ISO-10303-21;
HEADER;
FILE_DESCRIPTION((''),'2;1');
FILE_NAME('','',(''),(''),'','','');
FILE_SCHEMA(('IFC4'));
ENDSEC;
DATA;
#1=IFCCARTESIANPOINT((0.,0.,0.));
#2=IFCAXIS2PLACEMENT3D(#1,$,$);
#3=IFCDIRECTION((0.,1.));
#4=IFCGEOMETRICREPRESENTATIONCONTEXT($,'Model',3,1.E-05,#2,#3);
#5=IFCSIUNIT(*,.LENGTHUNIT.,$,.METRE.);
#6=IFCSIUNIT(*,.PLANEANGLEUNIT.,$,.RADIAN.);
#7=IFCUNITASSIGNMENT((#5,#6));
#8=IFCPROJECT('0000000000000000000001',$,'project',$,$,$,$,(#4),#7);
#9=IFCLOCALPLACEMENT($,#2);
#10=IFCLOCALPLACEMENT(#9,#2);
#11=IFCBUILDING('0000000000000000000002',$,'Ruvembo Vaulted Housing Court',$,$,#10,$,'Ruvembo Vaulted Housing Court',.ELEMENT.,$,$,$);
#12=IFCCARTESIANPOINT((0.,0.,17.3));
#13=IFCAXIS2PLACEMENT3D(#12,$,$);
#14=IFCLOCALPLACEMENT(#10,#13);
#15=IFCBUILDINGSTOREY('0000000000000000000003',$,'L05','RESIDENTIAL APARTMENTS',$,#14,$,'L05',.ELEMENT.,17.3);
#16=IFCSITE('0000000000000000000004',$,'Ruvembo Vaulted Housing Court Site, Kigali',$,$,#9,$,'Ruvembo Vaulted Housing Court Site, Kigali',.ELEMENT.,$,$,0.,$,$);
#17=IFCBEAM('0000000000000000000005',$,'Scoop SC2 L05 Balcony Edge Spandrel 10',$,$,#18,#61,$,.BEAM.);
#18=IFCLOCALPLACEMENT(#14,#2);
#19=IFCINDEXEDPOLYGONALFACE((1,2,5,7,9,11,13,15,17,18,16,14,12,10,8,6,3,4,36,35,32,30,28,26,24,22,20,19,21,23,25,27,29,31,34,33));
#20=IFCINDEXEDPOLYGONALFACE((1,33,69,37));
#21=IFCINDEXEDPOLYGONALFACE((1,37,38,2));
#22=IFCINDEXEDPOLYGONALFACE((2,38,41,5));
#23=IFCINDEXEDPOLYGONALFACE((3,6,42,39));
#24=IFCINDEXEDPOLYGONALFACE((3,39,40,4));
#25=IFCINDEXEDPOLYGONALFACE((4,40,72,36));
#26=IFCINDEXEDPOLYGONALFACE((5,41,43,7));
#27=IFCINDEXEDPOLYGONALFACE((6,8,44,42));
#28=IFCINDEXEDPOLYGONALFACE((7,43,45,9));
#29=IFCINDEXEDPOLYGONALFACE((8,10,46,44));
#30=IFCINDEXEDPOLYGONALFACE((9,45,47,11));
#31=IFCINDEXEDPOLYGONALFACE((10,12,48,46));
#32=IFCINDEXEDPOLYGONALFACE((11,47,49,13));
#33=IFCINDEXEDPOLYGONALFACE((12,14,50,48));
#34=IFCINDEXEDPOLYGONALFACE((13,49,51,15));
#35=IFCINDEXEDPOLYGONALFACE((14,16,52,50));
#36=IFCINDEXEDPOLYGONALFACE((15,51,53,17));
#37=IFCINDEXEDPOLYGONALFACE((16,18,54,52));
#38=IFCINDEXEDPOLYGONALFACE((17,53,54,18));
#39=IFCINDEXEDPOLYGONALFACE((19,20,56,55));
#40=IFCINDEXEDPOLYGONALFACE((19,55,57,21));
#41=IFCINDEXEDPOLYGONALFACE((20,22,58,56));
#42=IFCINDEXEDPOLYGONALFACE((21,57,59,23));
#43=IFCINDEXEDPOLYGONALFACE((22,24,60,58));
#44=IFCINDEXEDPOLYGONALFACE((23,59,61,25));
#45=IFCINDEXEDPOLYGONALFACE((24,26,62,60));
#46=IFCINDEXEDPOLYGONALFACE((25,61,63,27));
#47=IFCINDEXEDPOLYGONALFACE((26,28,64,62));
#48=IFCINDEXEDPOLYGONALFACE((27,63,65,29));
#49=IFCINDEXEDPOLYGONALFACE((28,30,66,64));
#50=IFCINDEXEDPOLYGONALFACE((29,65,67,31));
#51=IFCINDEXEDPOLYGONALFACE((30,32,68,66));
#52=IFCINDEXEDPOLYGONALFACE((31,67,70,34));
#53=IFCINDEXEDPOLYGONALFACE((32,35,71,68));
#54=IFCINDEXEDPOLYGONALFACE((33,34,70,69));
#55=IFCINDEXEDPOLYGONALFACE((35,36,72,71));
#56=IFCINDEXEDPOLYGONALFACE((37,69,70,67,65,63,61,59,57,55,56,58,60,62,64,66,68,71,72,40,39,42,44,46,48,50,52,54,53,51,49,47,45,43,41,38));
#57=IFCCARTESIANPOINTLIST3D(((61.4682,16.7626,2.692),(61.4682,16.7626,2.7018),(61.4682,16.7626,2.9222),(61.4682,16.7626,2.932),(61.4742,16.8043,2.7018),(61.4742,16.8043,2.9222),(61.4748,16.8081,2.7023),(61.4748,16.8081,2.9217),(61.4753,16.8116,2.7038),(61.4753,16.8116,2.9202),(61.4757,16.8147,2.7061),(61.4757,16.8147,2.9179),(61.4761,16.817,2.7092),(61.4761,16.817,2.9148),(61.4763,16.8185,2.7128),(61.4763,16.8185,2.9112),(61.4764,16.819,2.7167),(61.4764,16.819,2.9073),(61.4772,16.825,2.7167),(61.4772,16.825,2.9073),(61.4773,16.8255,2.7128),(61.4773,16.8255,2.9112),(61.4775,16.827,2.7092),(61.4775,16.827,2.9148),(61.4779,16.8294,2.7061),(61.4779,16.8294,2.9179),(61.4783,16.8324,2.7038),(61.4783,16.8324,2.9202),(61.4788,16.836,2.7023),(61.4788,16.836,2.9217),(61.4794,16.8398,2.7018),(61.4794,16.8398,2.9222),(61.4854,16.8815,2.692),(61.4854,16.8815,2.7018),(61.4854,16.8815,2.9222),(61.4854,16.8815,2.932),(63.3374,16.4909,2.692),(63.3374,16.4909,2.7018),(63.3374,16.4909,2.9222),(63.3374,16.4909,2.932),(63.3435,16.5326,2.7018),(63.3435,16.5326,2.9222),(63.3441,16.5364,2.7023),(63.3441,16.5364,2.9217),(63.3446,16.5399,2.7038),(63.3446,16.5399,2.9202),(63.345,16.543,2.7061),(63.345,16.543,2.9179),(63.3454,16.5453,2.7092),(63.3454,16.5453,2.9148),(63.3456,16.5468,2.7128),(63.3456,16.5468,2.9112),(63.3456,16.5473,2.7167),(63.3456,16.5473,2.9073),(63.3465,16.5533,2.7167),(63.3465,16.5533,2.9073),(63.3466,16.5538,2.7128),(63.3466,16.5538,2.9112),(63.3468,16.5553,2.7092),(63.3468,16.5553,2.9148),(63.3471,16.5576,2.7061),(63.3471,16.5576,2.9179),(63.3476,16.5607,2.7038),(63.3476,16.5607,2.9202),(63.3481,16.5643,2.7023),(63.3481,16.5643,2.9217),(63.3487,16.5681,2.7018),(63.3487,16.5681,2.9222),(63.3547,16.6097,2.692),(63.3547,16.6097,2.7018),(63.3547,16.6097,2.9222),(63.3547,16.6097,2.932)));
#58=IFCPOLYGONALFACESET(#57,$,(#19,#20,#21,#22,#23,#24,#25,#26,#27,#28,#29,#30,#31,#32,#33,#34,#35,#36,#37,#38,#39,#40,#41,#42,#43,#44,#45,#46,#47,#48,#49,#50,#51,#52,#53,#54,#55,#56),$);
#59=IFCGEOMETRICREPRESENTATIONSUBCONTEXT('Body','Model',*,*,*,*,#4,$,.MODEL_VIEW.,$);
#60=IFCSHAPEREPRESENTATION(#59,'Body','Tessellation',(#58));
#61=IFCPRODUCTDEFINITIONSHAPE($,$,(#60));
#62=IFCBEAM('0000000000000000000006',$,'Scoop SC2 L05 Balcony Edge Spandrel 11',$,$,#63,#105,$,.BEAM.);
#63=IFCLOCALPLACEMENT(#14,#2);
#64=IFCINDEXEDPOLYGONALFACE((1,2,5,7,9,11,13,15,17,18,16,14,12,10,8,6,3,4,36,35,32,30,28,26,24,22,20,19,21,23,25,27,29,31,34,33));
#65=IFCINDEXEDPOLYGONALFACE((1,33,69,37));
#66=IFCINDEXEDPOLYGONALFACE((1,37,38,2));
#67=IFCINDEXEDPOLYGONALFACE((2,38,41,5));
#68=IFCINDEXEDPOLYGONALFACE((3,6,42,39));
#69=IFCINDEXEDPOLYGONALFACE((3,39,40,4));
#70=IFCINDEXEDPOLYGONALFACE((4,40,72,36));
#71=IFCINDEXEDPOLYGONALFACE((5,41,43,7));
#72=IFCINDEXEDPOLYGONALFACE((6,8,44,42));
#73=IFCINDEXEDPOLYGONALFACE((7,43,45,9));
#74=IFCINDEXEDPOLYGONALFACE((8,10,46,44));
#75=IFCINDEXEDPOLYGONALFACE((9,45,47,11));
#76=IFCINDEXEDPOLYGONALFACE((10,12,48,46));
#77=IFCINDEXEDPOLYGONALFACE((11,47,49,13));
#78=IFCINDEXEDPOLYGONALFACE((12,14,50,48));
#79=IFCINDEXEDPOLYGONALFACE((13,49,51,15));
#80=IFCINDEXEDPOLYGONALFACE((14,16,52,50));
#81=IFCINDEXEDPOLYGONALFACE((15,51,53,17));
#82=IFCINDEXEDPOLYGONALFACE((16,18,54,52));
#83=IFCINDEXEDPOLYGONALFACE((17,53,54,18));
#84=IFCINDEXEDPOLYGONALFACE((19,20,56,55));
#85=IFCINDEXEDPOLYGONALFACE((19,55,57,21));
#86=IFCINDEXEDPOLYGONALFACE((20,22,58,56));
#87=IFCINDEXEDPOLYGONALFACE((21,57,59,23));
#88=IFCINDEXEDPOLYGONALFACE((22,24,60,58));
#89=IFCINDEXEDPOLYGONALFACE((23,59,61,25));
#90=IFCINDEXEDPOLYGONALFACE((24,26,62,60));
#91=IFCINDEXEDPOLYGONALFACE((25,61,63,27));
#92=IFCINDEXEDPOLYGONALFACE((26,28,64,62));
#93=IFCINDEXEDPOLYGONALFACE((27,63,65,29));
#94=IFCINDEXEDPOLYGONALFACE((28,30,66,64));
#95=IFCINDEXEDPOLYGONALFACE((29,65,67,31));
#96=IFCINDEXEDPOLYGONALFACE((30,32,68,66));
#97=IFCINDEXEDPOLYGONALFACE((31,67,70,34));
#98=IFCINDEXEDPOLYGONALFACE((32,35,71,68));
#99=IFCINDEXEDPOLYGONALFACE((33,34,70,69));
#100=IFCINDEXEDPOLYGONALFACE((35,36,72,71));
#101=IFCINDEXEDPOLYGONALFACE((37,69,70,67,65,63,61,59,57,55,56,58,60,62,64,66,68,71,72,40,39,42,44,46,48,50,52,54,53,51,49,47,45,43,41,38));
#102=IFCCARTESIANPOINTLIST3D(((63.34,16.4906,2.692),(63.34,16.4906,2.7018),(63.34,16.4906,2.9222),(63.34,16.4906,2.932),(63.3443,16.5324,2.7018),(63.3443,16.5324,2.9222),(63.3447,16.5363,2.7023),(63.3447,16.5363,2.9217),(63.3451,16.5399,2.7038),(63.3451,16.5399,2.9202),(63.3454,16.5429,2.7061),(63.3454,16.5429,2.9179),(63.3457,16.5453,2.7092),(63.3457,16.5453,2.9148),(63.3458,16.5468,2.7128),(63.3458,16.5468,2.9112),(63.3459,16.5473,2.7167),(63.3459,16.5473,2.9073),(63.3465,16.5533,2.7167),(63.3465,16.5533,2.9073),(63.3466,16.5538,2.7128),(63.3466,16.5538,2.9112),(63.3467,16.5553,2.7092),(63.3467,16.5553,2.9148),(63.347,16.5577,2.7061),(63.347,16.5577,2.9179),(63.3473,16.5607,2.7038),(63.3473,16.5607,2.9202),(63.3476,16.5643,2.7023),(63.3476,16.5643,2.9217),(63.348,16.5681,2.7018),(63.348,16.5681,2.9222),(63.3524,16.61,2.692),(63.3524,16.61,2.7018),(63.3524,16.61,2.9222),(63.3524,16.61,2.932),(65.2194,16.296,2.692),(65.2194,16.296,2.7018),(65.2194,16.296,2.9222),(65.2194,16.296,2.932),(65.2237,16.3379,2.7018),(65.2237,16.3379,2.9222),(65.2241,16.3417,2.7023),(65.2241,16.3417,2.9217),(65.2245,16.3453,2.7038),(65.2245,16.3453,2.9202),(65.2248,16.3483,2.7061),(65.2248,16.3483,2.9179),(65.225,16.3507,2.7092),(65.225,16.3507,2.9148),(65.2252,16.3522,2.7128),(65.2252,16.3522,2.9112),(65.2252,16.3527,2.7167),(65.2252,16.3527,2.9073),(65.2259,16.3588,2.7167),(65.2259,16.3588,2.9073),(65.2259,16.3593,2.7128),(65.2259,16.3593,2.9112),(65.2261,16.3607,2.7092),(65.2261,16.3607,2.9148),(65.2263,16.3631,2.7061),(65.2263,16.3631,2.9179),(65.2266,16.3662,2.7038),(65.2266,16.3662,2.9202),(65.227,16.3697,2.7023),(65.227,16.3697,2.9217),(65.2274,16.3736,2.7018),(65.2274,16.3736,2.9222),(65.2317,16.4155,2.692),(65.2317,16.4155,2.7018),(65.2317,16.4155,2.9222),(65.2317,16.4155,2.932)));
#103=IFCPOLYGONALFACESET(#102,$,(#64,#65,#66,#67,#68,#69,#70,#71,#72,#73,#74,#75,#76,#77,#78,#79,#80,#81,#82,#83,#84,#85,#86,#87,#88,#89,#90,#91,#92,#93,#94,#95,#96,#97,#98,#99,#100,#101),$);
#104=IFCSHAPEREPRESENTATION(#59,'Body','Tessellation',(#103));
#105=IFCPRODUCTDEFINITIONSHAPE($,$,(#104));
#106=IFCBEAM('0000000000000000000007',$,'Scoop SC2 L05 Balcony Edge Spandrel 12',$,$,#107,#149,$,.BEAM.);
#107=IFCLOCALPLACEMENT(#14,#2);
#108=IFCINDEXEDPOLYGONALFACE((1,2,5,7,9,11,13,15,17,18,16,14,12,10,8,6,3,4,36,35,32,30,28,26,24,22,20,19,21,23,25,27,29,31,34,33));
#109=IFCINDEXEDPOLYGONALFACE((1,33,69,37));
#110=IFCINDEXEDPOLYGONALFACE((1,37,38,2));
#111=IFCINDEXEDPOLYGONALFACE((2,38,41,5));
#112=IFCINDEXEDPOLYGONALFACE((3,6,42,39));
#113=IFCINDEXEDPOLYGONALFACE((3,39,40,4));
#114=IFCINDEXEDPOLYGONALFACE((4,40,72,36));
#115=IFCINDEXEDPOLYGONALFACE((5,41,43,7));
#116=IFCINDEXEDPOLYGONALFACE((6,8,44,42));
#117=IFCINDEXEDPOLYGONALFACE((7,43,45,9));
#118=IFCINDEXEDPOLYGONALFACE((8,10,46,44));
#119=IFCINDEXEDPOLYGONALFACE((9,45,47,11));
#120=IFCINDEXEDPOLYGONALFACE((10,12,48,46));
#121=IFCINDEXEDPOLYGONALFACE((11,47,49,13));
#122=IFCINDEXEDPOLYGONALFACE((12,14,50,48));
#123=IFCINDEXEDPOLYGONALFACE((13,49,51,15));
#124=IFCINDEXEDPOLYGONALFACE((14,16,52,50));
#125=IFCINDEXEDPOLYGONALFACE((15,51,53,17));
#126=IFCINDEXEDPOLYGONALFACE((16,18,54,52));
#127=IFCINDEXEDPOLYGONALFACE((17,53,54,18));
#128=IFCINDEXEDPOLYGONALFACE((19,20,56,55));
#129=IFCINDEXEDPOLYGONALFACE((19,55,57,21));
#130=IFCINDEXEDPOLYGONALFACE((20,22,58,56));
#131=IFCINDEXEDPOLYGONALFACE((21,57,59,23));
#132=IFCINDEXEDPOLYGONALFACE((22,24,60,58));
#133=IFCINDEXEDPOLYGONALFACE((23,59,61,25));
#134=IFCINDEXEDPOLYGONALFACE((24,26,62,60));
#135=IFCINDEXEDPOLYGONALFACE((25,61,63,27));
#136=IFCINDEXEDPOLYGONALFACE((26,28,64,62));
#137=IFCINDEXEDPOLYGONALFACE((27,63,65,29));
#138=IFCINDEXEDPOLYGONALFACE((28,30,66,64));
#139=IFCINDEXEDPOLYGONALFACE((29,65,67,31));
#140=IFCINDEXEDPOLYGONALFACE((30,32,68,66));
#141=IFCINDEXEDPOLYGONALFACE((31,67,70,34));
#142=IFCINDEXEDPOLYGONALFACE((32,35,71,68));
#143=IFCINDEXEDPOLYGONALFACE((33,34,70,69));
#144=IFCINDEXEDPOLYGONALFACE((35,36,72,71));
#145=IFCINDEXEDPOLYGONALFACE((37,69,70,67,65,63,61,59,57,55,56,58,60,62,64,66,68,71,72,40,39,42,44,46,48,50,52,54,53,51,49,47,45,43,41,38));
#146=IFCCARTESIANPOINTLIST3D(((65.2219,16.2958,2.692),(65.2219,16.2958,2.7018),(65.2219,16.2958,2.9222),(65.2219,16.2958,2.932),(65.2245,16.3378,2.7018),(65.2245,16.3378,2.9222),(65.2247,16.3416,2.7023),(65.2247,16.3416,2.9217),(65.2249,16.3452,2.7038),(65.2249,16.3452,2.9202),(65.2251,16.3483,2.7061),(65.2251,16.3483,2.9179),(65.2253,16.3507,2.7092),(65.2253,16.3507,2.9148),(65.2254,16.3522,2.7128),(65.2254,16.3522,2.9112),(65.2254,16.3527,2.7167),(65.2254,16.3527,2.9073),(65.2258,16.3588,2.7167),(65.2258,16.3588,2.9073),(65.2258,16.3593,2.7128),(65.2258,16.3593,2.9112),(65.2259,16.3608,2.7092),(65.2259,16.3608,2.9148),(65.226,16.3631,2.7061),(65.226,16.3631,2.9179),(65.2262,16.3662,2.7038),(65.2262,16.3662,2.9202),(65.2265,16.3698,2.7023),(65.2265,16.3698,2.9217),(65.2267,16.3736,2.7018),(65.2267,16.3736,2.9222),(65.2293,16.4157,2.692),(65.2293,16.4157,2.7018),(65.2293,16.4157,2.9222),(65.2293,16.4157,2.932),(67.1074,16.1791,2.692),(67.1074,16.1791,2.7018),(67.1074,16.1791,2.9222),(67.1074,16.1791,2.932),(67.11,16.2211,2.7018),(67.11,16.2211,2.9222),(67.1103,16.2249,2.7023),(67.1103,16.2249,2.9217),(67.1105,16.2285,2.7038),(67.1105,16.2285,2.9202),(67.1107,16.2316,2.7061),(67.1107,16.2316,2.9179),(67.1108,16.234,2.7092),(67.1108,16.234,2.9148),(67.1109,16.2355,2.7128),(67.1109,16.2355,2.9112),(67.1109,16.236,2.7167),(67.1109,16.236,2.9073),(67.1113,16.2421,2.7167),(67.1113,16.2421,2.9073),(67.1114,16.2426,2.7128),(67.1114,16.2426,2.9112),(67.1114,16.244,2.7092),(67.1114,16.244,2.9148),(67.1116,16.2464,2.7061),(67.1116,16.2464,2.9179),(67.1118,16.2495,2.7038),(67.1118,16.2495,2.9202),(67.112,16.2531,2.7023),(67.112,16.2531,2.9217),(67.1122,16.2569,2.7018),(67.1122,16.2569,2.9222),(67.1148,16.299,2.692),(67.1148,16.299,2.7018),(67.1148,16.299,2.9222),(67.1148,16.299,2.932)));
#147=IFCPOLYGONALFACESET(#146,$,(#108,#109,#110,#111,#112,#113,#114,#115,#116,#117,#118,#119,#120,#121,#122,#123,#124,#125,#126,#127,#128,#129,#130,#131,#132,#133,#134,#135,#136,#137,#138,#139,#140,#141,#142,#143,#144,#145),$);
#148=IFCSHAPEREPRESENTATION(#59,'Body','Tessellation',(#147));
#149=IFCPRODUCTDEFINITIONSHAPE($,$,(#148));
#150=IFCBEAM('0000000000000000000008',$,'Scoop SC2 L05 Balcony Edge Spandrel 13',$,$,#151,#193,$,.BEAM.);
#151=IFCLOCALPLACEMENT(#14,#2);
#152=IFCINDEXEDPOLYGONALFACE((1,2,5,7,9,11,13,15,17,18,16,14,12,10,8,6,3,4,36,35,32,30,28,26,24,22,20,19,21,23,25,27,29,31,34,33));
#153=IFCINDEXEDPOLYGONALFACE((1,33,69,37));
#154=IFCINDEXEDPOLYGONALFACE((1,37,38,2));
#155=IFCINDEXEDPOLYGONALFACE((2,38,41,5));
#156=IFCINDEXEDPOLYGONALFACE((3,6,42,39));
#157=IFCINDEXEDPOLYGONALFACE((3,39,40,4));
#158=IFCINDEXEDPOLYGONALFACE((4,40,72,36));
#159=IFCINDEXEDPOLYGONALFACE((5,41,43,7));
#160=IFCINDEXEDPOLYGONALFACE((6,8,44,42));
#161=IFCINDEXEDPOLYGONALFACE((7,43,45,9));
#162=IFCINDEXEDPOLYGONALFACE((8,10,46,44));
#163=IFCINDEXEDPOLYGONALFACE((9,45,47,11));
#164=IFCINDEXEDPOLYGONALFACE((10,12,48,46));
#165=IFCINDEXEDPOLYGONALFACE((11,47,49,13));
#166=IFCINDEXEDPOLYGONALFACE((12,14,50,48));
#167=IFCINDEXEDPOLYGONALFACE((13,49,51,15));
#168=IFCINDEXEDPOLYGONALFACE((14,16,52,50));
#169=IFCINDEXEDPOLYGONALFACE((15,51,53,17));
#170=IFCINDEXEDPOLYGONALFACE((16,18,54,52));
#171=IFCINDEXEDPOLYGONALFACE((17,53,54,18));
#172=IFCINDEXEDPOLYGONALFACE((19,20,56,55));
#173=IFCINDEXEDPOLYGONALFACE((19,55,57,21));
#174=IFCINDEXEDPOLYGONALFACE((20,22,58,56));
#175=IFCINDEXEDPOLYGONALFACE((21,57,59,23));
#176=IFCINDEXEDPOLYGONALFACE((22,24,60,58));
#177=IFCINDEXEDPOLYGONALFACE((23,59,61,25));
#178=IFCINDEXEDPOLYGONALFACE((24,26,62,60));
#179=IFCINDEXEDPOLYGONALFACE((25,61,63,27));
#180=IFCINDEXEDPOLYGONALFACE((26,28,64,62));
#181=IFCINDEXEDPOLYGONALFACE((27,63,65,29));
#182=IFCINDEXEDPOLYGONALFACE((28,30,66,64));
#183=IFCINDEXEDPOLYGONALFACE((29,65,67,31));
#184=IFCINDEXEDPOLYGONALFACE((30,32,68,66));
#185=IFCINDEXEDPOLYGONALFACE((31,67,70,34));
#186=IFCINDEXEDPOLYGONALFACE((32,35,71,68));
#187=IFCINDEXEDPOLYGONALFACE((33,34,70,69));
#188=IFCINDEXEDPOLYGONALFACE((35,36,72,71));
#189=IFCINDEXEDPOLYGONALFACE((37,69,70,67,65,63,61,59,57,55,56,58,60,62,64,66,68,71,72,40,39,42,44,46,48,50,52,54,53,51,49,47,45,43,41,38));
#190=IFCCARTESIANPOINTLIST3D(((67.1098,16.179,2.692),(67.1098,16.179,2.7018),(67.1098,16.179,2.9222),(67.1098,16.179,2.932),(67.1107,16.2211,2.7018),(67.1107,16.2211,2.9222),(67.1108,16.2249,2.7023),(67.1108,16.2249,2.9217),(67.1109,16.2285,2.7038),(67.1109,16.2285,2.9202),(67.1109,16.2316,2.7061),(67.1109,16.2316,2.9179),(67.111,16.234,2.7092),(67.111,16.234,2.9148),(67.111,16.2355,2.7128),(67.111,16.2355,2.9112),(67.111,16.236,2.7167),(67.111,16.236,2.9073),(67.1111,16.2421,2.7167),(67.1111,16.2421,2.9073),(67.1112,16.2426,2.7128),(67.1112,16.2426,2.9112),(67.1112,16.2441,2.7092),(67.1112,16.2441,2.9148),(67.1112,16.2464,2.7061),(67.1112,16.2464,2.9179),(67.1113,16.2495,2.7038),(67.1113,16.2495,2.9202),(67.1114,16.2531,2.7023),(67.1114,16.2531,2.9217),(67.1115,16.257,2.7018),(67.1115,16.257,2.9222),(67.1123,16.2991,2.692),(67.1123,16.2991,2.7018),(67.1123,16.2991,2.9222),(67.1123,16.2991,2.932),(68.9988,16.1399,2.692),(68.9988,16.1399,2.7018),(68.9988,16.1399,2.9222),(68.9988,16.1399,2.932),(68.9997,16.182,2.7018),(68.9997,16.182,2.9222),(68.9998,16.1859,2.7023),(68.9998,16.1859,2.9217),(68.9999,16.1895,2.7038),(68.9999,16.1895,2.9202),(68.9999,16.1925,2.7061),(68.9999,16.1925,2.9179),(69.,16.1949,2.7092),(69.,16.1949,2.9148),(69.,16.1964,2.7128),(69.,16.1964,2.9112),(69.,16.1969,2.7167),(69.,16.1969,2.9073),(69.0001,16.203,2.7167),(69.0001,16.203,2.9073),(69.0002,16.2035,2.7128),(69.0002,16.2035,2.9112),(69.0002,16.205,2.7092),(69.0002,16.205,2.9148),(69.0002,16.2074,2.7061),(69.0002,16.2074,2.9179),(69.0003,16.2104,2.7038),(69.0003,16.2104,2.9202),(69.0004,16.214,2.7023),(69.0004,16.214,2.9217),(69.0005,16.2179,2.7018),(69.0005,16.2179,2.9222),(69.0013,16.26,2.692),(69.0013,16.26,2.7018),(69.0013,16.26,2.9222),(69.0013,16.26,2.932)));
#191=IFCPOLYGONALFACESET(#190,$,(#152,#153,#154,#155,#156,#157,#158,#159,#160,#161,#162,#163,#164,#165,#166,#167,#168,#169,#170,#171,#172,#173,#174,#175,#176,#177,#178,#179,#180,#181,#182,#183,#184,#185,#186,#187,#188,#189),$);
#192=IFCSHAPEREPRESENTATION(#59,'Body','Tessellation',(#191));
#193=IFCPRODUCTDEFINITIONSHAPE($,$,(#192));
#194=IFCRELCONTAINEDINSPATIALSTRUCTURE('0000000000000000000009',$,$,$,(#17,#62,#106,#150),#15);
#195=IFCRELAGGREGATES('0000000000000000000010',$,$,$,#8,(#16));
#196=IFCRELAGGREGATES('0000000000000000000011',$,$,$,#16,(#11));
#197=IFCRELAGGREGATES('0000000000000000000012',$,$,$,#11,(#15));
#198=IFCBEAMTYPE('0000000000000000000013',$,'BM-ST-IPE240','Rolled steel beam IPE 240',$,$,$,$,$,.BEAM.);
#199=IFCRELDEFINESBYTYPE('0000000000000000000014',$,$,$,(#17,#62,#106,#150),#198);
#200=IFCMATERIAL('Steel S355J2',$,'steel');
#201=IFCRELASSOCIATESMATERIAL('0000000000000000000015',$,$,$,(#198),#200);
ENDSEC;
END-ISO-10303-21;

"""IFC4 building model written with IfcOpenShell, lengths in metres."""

from ifc_helpers import new_model, si_unit, direction, frame, origin, origin_2d, place, context, subcontext, project, spatial, i_section, extrude, material, material_profile, profile_set, type_object, element, save


model = new_model("IFC4")

# Units and contexts
model_context = context("Model", 3, precision=1e-05, world=origin(), true_north=direction((0.0, 1.0)))
body_context = subcontext(model_context, "Body", "Model", "MODEL_VIEW")
ifc_project = project(units=[si_unit("LENGTHUNIT", "METRE"), si_unit("PLANEANGLEUNIT", "RADIAN")], contexts=[model_context])

# Site, building, storey
site_placement = place(None, origin())
site = spatial("IfcSite", under=ifc_project, at=site_placement, Name="Ruvembo Vaulted Housing Court Site, Kigali", LongName="Ruvembo Vaulted Housing Court Site, Kigali", CompositionType="ELEMENT", RefElevation=0.0)
building_placement = place(site_placement, origin())
building = spatial("IfcBuilding", under=site, at=building_placement, Name="Ruvembo Vaulted Housing Court", LongName="Ruvembo Vaulted Housing Court", CompositionType="ELEMENT")
storey_placement = place(building_placement, frame((0.0, 0.0, 17.3)))
storey = spatial("IfcBuildingStorey", under=building, at=storey_placement, Name="L05", Description="RESIDENTIAL APARTMENTS", LongName="L05", CompositionType="ELEMENT", Elevation=17.3)

# Beams
ifc_material_1 = material(Name="Steel S355J2", Category="steel")
ifc_material_profile_1 = material_profile(ifc_material_1, i_section(OverallWidth=0.1201, OverallDepth=0.24, WebThickness=0.0061, FlangeThickness=0.0098, FilletRadius=0.0149, at=origin_2d()), Name="IPE 240")
ifc_profile_set_1 = profile_set([ifc_material_profile_1], Name="Steel S355J2")
beam_type = type_object("IfcBeamType", Name="BM-ST-IPE240", Description="Rolled steel beam IPE 240", PredefinedType="BEAM", material=ifc_profile_set_1)
beam_1_placement = place(storey_placement, frame((61.4768, 16.822, 2.812), z_axis=(0.9896, -0.143845, 0.0), x_axis=(0.143845, 0.9896, 0.0)))
element("IfcBeam", 1, at=beam_1_placement, inside=storey, type_object=beam_type, Name="Scoop SC2 L05 Balcony Edge Spandrel 10", PredefinedType="BEAM", context=body_context, shape_type="SweptSolid", body=[
    extrude(i_section(OverallWidth=0.1201, OverallDepth=0.24, WebThickness=0.0061, FlangeThickness=0.0098, FilletRadius=0.0149, at=origin_2d()), origin(), (0.0, 0.0, 1.0), 1.8889),
])
beam_2_placement = place(storey_placement, frame((63.3462, 16.5503, 2.812), z_axis=(0.994683, -0.102983, 0.0), x_axis=(0.102983, 0.994683, 0.0)))
element("IfcBeam", 2, at=beam_2_placement, inside=storey, type_object=beam_type, Name="Scoop SC2 L05 Balcony Edge Spandrel 11", PredefinedType="BEAM", context=body_context, shape_type="SweptSolid", body=[
    extrude(i_section(OverallWidth=0.1201, OverallDepth=0.24, WebThickness=0.0061, FlangeThickness=0.0098, FilletRadius=0.0149, at=origin_2d()), origin(), (0.0, 0.0, 1.0), 1.8894),
])
beam_3_placement = place(storey_placement, frame((65.2256, 16.3557, 2.812), z_axis=(0.99809, -0.061775, 0.0), x_axis=(0.061775, 0.99809, 0.0)))
element("IfcBeam", 3, at=beam_3_placement, inside=storey, type_object=beam_type, Name="Scoop SC2 L05 Balcony Edge Spandrel 12", PredefinedType="BEAM", context=body_context, shape_type="SweptSolid", body=[
    extrude(i_section(OverallWidth=0.1201, OverallDepth=0.24, WebThickness=0.0061, FlangeThickness=0.0098, FilletRadius=0.0149, at=origin_2d()), origin(), (0.0, 0.0, 1.0), 1.8892),
])
beam_4_placement = place(storey_placement, frame((67.1111, 16.239, 2.812), z_axis=(0.999786, -0.020675, 0.0), x_axis=(0.020675, 0.999786, 0.0)))
element("IfcBeam", 4, at=beam_4_placement, inside=storey, type_object=beam_type, Name="Scoop SC2 L05 Balcony Edge Spandrel 13", PredefinedType="BEAM", context=body_context, shape_type="SweptSolid", body=[
    extrude(i_section(OverallWidth=0.1201, OverallDepth=0.24, WebThickness=0.0061, FlangeThickness=0.0098, FilletRadius=0.0149, at=origin_2d()), origin(), (0.0, 0.0, 1.0), 1.8894),
])

save(model, "model.ifc")
